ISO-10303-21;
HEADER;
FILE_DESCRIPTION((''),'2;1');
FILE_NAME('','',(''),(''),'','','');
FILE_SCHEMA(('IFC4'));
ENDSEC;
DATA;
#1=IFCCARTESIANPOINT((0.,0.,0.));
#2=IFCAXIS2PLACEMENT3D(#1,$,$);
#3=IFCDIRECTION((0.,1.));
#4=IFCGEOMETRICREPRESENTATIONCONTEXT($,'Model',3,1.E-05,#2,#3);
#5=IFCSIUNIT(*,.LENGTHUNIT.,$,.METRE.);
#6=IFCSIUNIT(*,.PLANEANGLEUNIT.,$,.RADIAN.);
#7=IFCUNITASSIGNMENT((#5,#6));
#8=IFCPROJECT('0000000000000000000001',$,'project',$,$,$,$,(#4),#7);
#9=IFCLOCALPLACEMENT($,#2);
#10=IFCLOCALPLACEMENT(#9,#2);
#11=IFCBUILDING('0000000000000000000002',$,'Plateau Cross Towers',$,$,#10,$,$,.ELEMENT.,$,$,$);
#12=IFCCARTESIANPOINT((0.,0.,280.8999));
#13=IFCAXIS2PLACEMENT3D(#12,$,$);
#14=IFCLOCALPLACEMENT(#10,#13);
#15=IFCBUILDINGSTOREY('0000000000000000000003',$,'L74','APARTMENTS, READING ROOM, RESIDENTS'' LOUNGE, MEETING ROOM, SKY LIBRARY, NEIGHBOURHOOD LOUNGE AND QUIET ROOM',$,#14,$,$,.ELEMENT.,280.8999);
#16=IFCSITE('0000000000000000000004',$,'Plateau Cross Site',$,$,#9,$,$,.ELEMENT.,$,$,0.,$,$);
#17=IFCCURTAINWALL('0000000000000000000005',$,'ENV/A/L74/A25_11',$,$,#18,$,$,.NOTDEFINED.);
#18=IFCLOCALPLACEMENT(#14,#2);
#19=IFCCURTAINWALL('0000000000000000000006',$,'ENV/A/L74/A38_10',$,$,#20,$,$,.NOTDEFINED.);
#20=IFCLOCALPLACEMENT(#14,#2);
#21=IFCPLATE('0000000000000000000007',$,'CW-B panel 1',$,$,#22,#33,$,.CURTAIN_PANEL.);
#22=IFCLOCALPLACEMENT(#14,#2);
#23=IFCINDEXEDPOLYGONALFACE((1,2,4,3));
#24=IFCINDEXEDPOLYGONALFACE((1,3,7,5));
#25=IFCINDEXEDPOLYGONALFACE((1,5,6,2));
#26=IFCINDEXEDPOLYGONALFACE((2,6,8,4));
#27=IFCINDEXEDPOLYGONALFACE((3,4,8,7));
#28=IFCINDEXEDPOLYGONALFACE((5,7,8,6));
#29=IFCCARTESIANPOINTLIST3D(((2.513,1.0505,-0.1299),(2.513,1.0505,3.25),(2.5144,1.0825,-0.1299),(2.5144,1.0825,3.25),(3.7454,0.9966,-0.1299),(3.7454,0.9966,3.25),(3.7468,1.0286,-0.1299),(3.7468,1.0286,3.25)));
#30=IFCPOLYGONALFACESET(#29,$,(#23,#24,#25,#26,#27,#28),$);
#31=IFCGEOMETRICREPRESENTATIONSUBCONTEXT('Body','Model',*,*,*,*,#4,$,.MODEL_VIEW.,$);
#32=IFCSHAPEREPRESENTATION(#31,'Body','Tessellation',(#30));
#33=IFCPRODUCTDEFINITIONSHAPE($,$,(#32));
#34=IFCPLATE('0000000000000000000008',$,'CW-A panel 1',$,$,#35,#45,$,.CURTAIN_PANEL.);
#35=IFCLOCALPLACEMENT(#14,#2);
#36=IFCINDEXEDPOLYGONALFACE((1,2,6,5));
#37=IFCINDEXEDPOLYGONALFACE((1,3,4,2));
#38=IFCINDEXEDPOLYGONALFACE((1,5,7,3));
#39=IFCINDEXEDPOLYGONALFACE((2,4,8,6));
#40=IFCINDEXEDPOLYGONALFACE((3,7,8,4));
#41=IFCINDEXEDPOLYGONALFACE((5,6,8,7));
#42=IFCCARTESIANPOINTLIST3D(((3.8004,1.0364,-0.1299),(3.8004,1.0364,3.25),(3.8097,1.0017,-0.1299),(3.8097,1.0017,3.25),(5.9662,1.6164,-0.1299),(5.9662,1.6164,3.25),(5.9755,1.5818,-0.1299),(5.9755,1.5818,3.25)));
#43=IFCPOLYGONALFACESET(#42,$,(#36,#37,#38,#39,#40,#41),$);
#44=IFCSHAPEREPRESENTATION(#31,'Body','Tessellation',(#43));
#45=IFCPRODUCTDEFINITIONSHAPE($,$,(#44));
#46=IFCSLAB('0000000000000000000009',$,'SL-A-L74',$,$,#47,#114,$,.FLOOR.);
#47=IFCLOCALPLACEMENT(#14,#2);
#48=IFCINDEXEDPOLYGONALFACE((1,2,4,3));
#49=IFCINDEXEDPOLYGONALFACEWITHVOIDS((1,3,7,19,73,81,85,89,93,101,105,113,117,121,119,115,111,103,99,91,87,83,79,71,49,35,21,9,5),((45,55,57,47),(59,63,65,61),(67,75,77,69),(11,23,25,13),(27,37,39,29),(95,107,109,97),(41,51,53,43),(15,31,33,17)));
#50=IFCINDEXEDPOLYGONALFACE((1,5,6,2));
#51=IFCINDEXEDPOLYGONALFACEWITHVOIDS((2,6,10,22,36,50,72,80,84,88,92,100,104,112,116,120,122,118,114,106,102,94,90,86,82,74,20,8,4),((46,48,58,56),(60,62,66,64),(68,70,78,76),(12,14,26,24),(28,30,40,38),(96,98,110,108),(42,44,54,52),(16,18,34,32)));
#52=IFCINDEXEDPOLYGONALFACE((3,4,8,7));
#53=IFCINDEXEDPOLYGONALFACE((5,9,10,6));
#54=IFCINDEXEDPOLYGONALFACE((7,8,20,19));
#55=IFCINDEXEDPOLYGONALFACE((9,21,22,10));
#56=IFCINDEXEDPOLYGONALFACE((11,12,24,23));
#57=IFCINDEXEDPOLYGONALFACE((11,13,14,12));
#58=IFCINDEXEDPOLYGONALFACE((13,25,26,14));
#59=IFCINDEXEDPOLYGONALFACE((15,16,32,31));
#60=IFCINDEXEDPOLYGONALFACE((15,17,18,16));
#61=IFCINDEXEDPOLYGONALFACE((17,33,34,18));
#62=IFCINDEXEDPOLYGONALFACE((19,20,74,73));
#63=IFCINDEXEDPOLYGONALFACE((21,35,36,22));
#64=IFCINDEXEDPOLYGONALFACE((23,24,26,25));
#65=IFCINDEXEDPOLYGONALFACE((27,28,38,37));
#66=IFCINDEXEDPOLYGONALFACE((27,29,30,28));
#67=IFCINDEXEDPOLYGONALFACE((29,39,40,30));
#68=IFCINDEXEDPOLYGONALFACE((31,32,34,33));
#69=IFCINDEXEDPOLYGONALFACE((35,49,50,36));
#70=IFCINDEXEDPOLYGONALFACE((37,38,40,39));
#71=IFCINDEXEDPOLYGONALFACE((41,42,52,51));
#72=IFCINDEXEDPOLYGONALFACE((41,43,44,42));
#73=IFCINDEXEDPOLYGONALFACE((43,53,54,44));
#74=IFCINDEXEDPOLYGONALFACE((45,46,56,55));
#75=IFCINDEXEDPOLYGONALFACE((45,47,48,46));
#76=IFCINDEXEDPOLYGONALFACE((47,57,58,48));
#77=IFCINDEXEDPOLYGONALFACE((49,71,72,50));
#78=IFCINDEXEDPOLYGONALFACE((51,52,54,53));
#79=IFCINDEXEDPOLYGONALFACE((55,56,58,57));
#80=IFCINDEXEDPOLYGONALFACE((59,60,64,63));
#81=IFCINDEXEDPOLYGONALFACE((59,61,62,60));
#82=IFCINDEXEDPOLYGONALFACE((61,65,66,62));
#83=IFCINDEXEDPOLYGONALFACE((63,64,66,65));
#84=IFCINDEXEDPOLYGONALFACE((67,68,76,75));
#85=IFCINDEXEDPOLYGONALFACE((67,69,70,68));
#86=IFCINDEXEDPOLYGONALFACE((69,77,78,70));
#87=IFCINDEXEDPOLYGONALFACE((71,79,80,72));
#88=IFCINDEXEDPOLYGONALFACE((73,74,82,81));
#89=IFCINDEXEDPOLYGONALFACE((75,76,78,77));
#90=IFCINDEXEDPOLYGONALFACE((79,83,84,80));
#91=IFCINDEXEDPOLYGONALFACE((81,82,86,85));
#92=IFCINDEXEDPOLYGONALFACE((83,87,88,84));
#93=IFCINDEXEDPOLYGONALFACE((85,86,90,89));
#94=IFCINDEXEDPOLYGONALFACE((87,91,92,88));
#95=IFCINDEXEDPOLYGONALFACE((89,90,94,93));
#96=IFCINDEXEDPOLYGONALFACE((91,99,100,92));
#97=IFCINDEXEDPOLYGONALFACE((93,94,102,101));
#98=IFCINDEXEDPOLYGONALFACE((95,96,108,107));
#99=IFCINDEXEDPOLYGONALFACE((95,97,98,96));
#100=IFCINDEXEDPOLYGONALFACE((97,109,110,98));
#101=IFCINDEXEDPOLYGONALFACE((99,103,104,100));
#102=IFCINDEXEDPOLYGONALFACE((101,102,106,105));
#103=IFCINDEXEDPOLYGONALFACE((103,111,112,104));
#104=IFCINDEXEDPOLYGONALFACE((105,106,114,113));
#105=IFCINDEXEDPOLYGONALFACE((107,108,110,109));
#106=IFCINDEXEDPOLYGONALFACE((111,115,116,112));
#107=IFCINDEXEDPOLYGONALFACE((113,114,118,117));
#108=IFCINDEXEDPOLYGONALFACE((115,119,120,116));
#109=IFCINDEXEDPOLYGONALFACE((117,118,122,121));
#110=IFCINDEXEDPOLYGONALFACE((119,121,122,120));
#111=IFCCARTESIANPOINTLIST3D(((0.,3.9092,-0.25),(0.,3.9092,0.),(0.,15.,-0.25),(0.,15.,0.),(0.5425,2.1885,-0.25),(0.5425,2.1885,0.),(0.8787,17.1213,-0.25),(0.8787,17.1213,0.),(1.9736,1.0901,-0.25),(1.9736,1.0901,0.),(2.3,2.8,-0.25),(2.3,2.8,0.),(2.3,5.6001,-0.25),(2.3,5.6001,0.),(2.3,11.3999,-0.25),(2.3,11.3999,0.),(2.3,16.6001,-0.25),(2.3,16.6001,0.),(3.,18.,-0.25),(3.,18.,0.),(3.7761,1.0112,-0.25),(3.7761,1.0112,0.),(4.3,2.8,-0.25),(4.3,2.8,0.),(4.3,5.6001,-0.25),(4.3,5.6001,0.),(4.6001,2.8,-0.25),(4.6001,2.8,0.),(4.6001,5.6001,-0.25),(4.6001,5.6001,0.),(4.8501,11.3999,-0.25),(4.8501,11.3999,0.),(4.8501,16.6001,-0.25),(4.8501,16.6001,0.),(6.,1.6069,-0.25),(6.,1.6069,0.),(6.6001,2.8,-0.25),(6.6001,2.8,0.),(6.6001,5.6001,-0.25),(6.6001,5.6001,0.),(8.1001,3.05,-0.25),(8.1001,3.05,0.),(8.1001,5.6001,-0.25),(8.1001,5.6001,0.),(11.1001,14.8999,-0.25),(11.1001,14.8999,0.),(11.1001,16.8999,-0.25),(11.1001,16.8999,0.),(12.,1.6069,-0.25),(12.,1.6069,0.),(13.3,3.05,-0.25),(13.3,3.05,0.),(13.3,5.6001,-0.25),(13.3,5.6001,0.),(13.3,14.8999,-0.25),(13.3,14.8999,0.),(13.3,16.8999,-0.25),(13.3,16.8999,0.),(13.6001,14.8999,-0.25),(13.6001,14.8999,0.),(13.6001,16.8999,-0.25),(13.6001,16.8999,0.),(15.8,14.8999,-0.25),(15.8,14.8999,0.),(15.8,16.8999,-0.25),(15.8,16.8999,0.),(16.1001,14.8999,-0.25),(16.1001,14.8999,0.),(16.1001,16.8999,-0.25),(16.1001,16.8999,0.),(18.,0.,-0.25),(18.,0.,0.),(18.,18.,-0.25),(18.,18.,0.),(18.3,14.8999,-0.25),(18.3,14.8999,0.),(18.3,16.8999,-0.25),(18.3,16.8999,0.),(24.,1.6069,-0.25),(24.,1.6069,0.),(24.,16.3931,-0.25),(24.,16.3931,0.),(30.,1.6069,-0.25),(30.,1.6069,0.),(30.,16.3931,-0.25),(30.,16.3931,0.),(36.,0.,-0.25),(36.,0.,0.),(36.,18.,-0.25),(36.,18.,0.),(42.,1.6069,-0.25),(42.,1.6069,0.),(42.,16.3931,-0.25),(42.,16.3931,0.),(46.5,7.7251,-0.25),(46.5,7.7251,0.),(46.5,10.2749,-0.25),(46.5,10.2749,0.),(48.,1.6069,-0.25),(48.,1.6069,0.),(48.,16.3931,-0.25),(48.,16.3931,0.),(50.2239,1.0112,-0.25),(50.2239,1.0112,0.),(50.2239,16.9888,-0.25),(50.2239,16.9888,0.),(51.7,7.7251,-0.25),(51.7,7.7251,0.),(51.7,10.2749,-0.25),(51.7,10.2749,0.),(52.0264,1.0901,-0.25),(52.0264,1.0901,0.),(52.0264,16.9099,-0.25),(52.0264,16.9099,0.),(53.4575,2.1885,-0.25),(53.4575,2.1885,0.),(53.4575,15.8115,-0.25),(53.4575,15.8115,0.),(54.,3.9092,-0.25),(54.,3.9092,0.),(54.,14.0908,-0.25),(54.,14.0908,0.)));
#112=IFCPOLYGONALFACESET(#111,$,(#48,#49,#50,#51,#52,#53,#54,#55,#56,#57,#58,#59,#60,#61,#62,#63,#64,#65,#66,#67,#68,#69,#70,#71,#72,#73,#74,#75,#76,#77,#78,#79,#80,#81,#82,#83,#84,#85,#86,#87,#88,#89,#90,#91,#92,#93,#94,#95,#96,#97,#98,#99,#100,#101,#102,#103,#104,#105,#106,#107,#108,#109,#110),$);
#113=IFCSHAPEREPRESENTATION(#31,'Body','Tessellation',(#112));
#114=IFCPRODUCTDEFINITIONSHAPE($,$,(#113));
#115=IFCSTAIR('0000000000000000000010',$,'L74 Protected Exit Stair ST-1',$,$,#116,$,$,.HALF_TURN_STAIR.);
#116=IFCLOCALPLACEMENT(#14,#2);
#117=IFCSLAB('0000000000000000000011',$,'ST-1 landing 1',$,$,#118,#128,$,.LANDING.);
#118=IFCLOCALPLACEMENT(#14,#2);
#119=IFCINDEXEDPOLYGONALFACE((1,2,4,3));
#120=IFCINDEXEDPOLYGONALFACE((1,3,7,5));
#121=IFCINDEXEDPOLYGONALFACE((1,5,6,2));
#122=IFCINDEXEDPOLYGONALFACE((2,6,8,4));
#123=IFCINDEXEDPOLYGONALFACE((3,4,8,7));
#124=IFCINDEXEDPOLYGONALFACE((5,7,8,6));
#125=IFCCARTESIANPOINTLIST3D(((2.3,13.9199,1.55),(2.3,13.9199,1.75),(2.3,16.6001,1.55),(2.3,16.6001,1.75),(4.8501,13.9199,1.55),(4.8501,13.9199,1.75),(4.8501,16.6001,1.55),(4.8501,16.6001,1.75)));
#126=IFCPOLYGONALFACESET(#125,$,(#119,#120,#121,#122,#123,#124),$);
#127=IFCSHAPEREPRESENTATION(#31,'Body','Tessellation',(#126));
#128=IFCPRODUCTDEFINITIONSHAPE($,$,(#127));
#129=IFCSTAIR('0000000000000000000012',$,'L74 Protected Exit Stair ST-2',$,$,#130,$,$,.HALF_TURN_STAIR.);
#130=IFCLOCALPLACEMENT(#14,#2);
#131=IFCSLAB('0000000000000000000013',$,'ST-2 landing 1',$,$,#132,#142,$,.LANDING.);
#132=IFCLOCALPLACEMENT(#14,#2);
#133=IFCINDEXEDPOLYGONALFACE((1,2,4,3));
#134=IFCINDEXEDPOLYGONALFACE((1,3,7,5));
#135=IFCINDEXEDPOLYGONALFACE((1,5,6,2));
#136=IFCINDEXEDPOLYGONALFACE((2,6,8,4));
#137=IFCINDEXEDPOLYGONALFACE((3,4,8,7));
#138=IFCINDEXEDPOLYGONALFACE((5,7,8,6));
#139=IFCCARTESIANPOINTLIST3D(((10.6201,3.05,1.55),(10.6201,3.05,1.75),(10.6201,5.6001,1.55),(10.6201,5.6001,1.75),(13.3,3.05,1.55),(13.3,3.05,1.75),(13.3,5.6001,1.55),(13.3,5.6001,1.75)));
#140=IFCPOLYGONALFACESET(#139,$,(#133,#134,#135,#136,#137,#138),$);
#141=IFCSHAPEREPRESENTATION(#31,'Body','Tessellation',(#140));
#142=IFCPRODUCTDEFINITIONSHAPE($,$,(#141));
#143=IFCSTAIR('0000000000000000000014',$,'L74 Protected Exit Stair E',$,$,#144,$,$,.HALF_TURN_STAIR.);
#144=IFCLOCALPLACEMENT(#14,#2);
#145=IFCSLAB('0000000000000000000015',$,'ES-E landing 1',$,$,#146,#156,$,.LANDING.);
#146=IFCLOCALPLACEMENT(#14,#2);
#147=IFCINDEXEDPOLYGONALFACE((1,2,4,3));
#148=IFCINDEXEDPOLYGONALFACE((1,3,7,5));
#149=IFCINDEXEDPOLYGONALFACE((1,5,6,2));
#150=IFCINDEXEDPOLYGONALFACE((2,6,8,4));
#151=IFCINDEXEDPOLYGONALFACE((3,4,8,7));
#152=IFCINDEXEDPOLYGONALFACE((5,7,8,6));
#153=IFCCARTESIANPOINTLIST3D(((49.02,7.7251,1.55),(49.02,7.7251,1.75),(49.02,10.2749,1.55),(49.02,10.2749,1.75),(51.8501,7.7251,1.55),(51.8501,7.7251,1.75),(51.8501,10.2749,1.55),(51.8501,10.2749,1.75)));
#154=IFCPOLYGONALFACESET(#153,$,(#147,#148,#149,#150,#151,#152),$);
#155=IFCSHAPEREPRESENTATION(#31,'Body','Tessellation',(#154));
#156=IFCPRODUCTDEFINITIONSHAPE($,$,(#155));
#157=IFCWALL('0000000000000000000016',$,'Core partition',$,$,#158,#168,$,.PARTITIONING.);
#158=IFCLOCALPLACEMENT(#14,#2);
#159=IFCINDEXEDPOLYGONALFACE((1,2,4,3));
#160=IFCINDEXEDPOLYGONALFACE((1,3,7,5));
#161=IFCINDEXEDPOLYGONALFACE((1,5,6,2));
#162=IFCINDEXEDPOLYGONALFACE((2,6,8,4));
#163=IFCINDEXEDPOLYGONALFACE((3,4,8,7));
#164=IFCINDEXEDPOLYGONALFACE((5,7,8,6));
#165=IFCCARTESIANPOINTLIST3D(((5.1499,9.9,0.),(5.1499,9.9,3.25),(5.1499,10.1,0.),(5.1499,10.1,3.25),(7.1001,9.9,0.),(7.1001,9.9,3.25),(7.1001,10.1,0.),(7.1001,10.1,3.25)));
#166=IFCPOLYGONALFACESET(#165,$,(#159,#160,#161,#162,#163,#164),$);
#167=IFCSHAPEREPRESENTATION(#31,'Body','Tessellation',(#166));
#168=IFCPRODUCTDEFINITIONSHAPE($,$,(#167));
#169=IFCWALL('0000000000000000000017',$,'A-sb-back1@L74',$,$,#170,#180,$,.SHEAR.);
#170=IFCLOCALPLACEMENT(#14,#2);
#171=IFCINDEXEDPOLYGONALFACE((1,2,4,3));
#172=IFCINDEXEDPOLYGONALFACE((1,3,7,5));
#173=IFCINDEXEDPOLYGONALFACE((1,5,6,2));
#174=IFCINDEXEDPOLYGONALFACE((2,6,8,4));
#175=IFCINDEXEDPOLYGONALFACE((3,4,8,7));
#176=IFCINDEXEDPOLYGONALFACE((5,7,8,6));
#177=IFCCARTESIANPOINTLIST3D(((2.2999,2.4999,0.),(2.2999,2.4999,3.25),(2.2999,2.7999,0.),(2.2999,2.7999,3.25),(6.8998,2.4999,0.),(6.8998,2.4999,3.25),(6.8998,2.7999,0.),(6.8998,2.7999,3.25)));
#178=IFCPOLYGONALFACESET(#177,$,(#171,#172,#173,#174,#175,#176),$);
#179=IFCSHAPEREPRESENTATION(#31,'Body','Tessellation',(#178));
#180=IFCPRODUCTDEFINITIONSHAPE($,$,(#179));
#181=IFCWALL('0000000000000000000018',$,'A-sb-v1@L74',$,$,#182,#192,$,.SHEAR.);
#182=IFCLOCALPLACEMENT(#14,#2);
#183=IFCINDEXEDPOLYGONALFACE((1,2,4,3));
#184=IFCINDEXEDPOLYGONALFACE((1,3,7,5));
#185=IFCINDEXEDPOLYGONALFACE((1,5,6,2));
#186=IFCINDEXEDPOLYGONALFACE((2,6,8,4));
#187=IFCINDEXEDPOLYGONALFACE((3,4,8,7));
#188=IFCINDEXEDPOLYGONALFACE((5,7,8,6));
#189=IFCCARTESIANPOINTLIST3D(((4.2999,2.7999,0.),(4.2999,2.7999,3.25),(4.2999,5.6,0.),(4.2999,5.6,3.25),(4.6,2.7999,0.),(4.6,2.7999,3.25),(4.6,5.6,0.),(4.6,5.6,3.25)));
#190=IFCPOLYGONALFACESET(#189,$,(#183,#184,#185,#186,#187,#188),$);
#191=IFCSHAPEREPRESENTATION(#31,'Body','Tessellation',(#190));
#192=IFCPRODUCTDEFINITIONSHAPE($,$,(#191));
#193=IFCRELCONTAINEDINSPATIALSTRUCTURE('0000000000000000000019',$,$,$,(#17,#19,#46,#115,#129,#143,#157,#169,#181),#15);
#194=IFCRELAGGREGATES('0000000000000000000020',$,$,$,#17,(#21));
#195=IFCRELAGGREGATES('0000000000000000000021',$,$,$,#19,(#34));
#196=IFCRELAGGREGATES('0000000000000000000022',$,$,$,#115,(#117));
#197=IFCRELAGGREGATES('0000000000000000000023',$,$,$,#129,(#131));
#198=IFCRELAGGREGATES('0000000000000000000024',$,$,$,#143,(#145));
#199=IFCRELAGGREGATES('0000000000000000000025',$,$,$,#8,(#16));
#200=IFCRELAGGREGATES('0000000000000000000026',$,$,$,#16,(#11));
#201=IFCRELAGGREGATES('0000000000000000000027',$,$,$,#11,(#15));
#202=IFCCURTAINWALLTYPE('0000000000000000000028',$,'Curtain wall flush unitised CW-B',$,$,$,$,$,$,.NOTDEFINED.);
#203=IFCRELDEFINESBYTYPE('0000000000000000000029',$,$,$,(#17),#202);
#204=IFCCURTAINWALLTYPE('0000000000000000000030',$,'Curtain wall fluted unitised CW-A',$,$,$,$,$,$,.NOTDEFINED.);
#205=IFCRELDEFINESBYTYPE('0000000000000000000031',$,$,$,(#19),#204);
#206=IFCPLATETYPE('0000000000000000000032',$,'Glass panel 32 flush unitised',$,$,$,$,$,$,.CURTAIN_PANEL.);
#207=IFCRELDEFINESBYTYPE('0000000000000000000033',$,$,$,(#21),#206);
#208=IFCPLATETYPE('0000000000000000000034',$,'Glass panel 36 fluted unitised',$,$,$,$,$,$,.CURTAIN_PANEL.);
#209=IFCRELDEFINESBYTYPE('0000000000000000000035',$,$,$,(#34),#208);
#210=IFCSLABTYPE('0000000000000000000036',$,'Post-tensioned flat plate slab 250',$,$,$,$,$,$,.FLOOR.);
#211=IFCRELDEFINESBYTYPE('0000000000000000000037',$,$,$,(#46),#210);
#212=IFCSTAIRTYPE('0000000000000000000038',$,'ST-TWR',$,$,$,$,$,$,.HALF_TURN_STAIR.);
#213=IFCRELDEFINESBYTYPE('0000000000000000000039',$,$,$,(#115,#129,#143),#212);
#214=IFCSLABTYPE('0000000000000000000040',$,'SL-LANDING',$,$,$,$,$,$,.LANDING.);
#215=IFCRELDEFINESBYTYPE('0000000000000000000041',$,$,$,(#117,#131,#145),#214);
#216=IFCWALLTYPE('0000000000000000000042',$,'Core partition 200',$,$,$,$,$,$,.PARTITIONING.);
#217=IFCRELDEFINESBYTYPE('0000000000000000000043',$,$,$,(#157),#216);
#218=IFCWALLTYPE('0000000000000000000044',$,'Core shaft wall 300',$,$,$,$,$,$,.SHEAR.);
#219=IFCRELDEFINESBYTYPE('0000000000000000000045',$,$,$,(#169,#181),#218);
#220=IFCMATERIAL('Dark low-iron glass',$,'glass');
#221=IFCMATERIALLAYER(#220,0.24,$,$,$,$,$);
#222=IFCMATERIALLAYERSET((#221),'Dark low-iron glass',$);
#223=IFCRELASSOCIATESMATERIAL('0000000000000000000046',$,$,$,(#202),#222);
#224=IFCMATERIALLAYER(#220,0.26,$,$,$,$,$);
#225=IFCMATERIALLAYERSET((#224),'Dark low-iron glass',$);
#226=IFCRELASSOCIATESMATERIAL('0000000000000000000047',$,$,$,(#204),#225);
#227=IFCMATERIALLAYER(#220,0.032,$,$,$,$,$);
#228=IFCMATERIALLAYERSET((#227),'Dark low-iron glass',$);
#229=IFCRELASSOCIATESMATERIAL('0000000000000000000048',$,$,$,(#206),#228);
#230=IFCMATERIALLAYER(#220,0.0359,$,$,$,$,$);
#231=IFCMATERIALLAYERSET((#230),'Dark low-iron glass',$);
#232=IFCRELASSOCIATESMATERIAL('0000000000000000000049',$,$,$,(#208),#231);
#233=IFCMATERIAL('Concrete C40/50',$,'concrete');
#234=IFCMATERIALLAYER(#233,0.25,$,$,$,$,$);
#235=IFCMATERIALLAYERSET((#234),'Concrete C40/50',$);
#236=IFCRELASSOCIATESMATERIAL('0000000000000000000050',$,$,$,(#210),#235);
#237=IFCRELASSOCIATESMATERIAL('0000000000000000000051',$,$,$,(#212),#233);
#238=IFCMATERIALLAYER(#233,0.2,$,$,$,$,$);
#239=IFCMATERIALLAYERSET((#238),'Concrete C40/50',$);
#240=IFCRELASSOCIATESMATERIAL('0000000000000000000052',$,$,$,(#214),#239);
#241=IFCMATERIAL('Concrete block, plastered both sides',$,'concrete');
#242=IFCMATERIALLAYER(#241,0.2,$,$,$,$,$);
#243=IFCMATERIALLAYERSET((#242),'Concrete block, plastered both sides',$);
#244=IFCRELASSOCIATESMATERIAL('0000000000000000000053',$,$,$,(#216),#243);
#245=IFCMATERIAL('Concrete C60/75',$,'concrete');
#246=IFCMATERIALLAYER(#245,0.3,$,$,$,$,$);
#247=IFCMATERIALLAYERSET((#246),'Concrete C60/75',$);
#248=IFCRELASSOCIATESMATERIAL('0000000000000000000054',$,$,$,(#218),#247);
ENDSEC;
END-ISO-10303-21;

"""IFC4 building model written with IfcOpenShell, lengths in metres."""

from ifc_helpers import new_model, si_unit, direction, frame, frame_2d, origin, origin_2d, place, context, subcontext, project, spatial, polyline, rectangle, outline, extrude, material, layer, layer_set, type_object, element, aggregate, save


model = new_model("IFC4")

# Units and contexts
model_context = context("Model", 3, precision=1e-05, world=origin(), true_north=direction((0.0, 1.0)))
body_context = subcontext(model_context, "Body", "Model", "MODEL_VIEW")
ifc_project = project(units=[si_unit("LENGTHUNIT", "METRE"), si_unit("PLANEANGLEUNIT", "RADIAN")], contexts=[model_context])

# Site, building, storey
site_placement = place(None, origin())
site = spatial("IfcSite", under=ifc_project, at=site_placement, Name="Plateau Cross Site", CompositionType="ELEMENT", RefElevation=0.0)
building_placement = place(site_placement, origin())
building = spatial("IfcBuilding", under=site, at=building_placement, Name="Plateau Cross Towers", CompositionType="ELEMENT")
storey_placement = place(building_placement, frame((0.0, 0.0, 280.8999)))
storey = spatial("IfcBuildingStorey", under=building, at=storey_placement, Name="L74", Description="APARTMENTS, READING ROOM, RESIDENTS' LOUNGE, MEETING ROOM, SKY LIBRARY, NEIGHBOURHOOD LOUNGE AND QUIET ROOM", CompositionType="ELEMENT", Elevation=280.8999)

# Shared definitions
ifc_material_1 = material(Name="Concrete C60/75", Category="concrete")

# Shared definitions
ifc_material_2 = material(Name="Dark low-iron glass", Category="glass")
ifc_layer_1 = layer(ifc_material_2, 0.24)
ifc_layer_set_1 = layer_set([ifc_layer_1], Name="Dark low-iron glass")
curtain_wall_type_1 = type_object("IfcCurtainWallType", Name="Curtain wall flush unitised CW-B", PredefinedType="NOTDEFINED", material=ifc_layer_set_1)

# Curtain walls
curtain_wall_1_placement = place(storey_placement, origin())
curtain_wall_1 = element("IfcCurtainWall", 1, at=curtain_wall_1_placement, inside=storey, type_object=curtain_wall_type_1, Name="ENV/A/L74/A25_11", PredefinedType="NOTDEFINED")
ifc_layer_2 = layer(ifc_material_2, 0.26)
ifc_layer_set_2 = layer_set([ifc_layer_2], Name="Dark low-iron glass")
curtain_wall_type_2 = type_object("IfcCurtainWallType", Name="Curtain wall fluted unitised CW-A", PredefinedType="NOTDEFINED", material=ifc_layer_set_2)
curtain_wall_2_placement = place(storey_placement, origin())
curtain_wall_2 = element("IfcCurtainWall", 2, at=curtain_wall_2_placement, inside=storey, type_object=curtain_wall_type_2, Name="ENV/A/L74/A38_10", PredefinedType="NOTDEFINED")

# Plates
ifc_layer_3 = layer(ifc_material_2, 0.032)
ifc_layer_set_3 = layer_set([ifc_layer_3], Name="Dark low-iron glass")
plate_type_1 = type_object("IfcPlateType", Name="Glass panel 32 flush unitised", PredefinedType="CURTAIN_PANEL", material=ifc_layer_set_3)
plate_1_placement = place(storey_placement, frame((3.1299, 1.0396, -0.1299), z_axis=(0.0, 0.0, 1.0), x_axis=(0.999044, -0.043723, 0.0)))
plate_1 = element("IfcPlate", 3, at=plate_1_placement, type_object=plate_type_1, Name="CW-B panel 1", PredefinedType="CURTAIN_PANEL", context=body_context, shape_type="SweptSolid", body=[
    extrude(rectangle(XDim=1.2336, YDim=0.032, at=origin_2d()), origin(), (0.0, 0.0, 1.0), 3.3799),
])
aggregate(curtain_wall_1, [plate_1])
ifc_layer_4 = layer(ifc_material_2, 0.0359)
ifc_layer_set_4 = layer_set([ifc_layer_4], Name="Dark low-iron glass")
plate_type_2 = type_object("IfcPlateType", Name="Glass panel 36 fluted unitised", PredefinedType="CURTAIN_PANEL", material=ifc_layer_set_4)
plate_2_placement = place(storey_placement, frame((4.8879, 1.3091, -0.1299), z_axis=(0.0, 0.0, 1.0), x_axis=(0.965958, 0.258699, 0.0)))
plate_2 = element("IfcPlate", 4, at=plate_2_placement, type_object=plate_type_2, Name="CW-A panel 1", PredefinedType="CURTAIN_PANEL", context=body_context, shape_type="SweptSolid", body=[
    extrude(rectangle(XDim=2.2422, YDim=0.0359, at=origin_2d()), origin(), (0.0, 0.0, 1.0), 3.3799),
])
aggregate(curtain_wall_2, [plate_2])

# Slab
ifc_material_3 = material(Name="Concrete C40/50", Category="concrete")
ifc_layer_5 = layer(ifc_material_3, 0.25)
ifc_layer_set_5 = layer_set([ifc_layer_5], Name="Concrete C40/50")
slab_type_1 = type_object("IfcSlabType", Name="Post-tensioned flat plate slab 250", PredefinedType="FLOOR", material=ifc_layer_set_5)
slab_1_placement = place(storey_placement, frame((0.0, 0.0, -0.25)))
element("IfcSlab", 5, at=slab_1_placement, inside=storey, type_object=slab_type_1, Name="SL-A-L74", PredefinedType="FLOOR", context=body_context, shape_type="SweptSolid", body=[
    extrude(outline(polyline([(1.9736, 1.0901), (0.5425, 2.1885), (0.0, 3.9092), (0.0, 15.0), (0.8787, 17.1213), (3.0, 18.0), (18.0, 18.0), (24.0, 16.3931), (30.0, 16.3931), (36.0, 18.0), (42.0, 16.3931), (48.0, 16.3931), (50.2239, 16.9888), (52.0264, 16.9099), (53.4575, 15.8115), (54.0, 14.0908), (54.0, 3.9092), (53.4575, 2.1885), (52.0264, 1.0901), (50.2239, 1.0112), (48.0, 1.6069), (42.0, 1.6069), (36.0, 0.0), (30.0, 1.6069), (24.0, 1.6069), (18.0, 0.0), (12.0, 1.6069), (6.0, 1.6069), (3.7761, 1.0112), (1.9736, 1.0901)]), holes=[polyline([(4.3, 5.6001), (2.3, 5.6001), (2.3, 2.8), (4.3, 2.8), (4.3, 5.6001)]), polyline([(6.6001, 5.6001), (4.6001, 5.6001), (4.6001, 2.8), (6.6001, 2.8), (6.6001, 5.6001)]), polyline([(13.3, 5.6001), (8.1001, 5.6001), (8.1001, 3.05), (13.3, 3.05), (13.3, 5.6001)]), polyline([(51.7, 10.2749), (46.5, 10.2749), (46.5, 7.7251), (51.7, 7.7251), (51.7, 10.2749)]), polyline([(2.3, 16.6001), (2.3, 11.3999), (4.8501, 11.3999), (4.8501, 16.6001), (2.3, 16.6001)]), polyline([(13.3, 16.8999), (11.1001, 16.8999), (11.1001, 14.8999), (13.3, 14.8999), (13.3, 16.8999)]), polyline([(15.8, 16.8999), (13.6001, 16.8999), (13.6001, 14.8999), (15.8, 14.8999), (15.8, 16.8999)]), polyline([(18.3, 16.8999), (16.1001, 16.8999), (16.1001, 14.8999), (18.3, 14.8999), (18.3, 16.8999)])]), origin(), (0.0, 0.0, 1.0), 0.25),
])

# Stairs, slabs
stair_type = type_object("IfcStairType", Name="ST-TWR", PredefinedType="HALF_TURN_STAIR", material=ifc_material_3)
stair_1_placement = place(storey_placement, origin())
stair_1 = element("IfcStair", 6, at=stair_1_placement, inside=storey, type_object=stair_type, Name="L74 Protected Exit Stair ST-1", PredefinedType="HALF_TURN_STAIR")
ifc_layer_6 = layer(ifc_material_3, 0.2)
ifc_layer_set_6 = layer_set([ifc_layer_6], Name="Concrete C40/50")
slab_type_2 = type_object("IfcSlabType", Name="SL-LANDING", PredefinedType="LANDING", material=ifc_layer_set_6)
slab_2_placement = place(storey_placement, frame((0.0, 0.0, 1.55)))
slab_2 = element("IfcSlab", 7, at=slab_2_placement, type_object=slab_type_2, Name="ST-1 landing 1", PredefinedType="LANDING", context=body_context, shape_type="SweptSolid", body=[
    extrude(outline(polyline([(4.8501, 13.9199), (4.8501, 16.6001), (2.3, 16.6001), (2.3, 13.9199), (4.8501, 13.9199)])), origin(), (0.0, 0.0, 1.0), 0.2),
])
aggregate(stair_1, [slab_2])
stair_2_placement = place(storey_placement, origin())
stair_2 = element("IfcStair", 8, at=stair_2_placement, inside=storey, type_object=stair_type, Name="L74 Protected Exit Stair ST-2", PredefinedType="HALF_TURN_STAIR")
slab_3_placement = place(storey_placement, frame((0.0, 0.0, 1.55)))
slab_3 = element("IfcSlab", 9, at=slab_3_placement, type_object=slab_type_2, Name="ST-2 landing 1", PredefinedType="LANDING", context=body_context, shape_type="SweptSolid", body=[
    extrude(outline(polyline([(10.6201, 3.05), (13.3, 3.05), (13.3, 5.6001), (10.6201, 5.6001), (10.6201, 3.05)])), origin(), (0.0, 0.0, 1.0), 0.2),
])
aggregate(stair_2, [slab_3])
stair_3_placement = place(storey_placement, origin())
stair_3 = element("IfcStair", 10, at=stair_3_placement, inside=storey, type_object=stair_type, Name="L74 Protected Exit Stair E", PredefinedType="HALF_TURN_STAIR")
slab_4_placement = place(storey_placement, frame((0.0, 0.0, 1.55)))
slab_4 = element("IfcSlab", 11, at=slab_4_placement, type_object=slab_type_2, Name="ES-E landing 1", PredefinedType="LANDING", context=body_context, shape_type="SweptSolid", body=[
    extrude(outline(polyline([(49.02, 7.7251), (51.8501, 7.7251), (51.8501, 10.2749), (49.02, 10.2749), (49.02, 7.7251)])), origin(), (0.0, 0.0, 1.0), 0.2),
])
aggregate(stair_3, [slab_4])

# Walls
ifc_material_4 = material(Name="Concrete block, plastered both sides", Category="concrete")
ifc_layer_7 = layer(ifc_material_4, 0.2)
ifc_layer_set_7 = layer_set([ifc_layer_7], Name="Concrete block, plastered both sides")
wall_type_1 = type_object("IfcWallType", Name="Core partition 200", PredefinedType="PARTITIONING", material=ifc_layer_set_7)
wall_1_placement = place(storey_placement, frame((5.1499, 10.0, 0.0), z_axis=(0.0, 0.0, 1.0), x_axis=(1.0, 0.0, 0.0)))
element("IfcWall", 12, at=wall_1_placement, inside=storey, type_object=wall_type_1, Name="Core partition", PredefinedType="PARTITIONING", context=body_context, shape_type="SweptSolid", body=[
    extrude(rectangle(XDim=1.9502, YDim=0.2, at=frame_2d((0.9751, 0.0))), origin(), (0.0, 0.0, 1.0), 3.25),
])
ifc_layer_8 = layer(ifc_material_1, 0.3)
ifc_layer_set_8 = layer_set([ifc_layer_8], Name="Concrete C60/75")
wall_type_2 = type_object("IfcWallType", Name="Core shaft wall 300", PredefinedType="SHEAR", material=ifc_layer_set_8)
wall_2_placement = place(storey_placement, frame((2.3, 2.6499, 0.0), z_axis=(0.0, 0.0, 1.0), x_axis=(1.0, 0.0, 0.0)))
element("IfcWall", 13, at=wall_2_placement, inside=storey, type_object=wall_type_2, Name="A-sb-back1@L74", PredefinedType="SHEAR", context=body_context, shape_type="SweptSolid", body=[
    extrude(rectangle(XDim=4.5999, YDim=0.3, at=frame_2d((2.2998, 0.0))), origin(), (0.0, 0.0, 1.0), 3.25),
])
wall_3_placement = place(storey_placement, frame((4.45, 2.8, 0.0), z_axis=(0.0, 0.0, 1.0), x_axis=(0.0, 1.0, 0.0)))
element("IfcWall", 14, at=wall_3_placement, inside=storey, type_object=wall_type_2, Name="A-sb-v1@L74", PredefinedType="SHEAR", context=body_context, shape_type="SweptSolid", body=[
    extrude(rectangle(XDim=2.8, YDim=0.3, at=frame_2d((1.3999, 0.0))), origin(), (0.0, 0.0, 1.0), 3.25),
])

save(model, "model.ifc")
